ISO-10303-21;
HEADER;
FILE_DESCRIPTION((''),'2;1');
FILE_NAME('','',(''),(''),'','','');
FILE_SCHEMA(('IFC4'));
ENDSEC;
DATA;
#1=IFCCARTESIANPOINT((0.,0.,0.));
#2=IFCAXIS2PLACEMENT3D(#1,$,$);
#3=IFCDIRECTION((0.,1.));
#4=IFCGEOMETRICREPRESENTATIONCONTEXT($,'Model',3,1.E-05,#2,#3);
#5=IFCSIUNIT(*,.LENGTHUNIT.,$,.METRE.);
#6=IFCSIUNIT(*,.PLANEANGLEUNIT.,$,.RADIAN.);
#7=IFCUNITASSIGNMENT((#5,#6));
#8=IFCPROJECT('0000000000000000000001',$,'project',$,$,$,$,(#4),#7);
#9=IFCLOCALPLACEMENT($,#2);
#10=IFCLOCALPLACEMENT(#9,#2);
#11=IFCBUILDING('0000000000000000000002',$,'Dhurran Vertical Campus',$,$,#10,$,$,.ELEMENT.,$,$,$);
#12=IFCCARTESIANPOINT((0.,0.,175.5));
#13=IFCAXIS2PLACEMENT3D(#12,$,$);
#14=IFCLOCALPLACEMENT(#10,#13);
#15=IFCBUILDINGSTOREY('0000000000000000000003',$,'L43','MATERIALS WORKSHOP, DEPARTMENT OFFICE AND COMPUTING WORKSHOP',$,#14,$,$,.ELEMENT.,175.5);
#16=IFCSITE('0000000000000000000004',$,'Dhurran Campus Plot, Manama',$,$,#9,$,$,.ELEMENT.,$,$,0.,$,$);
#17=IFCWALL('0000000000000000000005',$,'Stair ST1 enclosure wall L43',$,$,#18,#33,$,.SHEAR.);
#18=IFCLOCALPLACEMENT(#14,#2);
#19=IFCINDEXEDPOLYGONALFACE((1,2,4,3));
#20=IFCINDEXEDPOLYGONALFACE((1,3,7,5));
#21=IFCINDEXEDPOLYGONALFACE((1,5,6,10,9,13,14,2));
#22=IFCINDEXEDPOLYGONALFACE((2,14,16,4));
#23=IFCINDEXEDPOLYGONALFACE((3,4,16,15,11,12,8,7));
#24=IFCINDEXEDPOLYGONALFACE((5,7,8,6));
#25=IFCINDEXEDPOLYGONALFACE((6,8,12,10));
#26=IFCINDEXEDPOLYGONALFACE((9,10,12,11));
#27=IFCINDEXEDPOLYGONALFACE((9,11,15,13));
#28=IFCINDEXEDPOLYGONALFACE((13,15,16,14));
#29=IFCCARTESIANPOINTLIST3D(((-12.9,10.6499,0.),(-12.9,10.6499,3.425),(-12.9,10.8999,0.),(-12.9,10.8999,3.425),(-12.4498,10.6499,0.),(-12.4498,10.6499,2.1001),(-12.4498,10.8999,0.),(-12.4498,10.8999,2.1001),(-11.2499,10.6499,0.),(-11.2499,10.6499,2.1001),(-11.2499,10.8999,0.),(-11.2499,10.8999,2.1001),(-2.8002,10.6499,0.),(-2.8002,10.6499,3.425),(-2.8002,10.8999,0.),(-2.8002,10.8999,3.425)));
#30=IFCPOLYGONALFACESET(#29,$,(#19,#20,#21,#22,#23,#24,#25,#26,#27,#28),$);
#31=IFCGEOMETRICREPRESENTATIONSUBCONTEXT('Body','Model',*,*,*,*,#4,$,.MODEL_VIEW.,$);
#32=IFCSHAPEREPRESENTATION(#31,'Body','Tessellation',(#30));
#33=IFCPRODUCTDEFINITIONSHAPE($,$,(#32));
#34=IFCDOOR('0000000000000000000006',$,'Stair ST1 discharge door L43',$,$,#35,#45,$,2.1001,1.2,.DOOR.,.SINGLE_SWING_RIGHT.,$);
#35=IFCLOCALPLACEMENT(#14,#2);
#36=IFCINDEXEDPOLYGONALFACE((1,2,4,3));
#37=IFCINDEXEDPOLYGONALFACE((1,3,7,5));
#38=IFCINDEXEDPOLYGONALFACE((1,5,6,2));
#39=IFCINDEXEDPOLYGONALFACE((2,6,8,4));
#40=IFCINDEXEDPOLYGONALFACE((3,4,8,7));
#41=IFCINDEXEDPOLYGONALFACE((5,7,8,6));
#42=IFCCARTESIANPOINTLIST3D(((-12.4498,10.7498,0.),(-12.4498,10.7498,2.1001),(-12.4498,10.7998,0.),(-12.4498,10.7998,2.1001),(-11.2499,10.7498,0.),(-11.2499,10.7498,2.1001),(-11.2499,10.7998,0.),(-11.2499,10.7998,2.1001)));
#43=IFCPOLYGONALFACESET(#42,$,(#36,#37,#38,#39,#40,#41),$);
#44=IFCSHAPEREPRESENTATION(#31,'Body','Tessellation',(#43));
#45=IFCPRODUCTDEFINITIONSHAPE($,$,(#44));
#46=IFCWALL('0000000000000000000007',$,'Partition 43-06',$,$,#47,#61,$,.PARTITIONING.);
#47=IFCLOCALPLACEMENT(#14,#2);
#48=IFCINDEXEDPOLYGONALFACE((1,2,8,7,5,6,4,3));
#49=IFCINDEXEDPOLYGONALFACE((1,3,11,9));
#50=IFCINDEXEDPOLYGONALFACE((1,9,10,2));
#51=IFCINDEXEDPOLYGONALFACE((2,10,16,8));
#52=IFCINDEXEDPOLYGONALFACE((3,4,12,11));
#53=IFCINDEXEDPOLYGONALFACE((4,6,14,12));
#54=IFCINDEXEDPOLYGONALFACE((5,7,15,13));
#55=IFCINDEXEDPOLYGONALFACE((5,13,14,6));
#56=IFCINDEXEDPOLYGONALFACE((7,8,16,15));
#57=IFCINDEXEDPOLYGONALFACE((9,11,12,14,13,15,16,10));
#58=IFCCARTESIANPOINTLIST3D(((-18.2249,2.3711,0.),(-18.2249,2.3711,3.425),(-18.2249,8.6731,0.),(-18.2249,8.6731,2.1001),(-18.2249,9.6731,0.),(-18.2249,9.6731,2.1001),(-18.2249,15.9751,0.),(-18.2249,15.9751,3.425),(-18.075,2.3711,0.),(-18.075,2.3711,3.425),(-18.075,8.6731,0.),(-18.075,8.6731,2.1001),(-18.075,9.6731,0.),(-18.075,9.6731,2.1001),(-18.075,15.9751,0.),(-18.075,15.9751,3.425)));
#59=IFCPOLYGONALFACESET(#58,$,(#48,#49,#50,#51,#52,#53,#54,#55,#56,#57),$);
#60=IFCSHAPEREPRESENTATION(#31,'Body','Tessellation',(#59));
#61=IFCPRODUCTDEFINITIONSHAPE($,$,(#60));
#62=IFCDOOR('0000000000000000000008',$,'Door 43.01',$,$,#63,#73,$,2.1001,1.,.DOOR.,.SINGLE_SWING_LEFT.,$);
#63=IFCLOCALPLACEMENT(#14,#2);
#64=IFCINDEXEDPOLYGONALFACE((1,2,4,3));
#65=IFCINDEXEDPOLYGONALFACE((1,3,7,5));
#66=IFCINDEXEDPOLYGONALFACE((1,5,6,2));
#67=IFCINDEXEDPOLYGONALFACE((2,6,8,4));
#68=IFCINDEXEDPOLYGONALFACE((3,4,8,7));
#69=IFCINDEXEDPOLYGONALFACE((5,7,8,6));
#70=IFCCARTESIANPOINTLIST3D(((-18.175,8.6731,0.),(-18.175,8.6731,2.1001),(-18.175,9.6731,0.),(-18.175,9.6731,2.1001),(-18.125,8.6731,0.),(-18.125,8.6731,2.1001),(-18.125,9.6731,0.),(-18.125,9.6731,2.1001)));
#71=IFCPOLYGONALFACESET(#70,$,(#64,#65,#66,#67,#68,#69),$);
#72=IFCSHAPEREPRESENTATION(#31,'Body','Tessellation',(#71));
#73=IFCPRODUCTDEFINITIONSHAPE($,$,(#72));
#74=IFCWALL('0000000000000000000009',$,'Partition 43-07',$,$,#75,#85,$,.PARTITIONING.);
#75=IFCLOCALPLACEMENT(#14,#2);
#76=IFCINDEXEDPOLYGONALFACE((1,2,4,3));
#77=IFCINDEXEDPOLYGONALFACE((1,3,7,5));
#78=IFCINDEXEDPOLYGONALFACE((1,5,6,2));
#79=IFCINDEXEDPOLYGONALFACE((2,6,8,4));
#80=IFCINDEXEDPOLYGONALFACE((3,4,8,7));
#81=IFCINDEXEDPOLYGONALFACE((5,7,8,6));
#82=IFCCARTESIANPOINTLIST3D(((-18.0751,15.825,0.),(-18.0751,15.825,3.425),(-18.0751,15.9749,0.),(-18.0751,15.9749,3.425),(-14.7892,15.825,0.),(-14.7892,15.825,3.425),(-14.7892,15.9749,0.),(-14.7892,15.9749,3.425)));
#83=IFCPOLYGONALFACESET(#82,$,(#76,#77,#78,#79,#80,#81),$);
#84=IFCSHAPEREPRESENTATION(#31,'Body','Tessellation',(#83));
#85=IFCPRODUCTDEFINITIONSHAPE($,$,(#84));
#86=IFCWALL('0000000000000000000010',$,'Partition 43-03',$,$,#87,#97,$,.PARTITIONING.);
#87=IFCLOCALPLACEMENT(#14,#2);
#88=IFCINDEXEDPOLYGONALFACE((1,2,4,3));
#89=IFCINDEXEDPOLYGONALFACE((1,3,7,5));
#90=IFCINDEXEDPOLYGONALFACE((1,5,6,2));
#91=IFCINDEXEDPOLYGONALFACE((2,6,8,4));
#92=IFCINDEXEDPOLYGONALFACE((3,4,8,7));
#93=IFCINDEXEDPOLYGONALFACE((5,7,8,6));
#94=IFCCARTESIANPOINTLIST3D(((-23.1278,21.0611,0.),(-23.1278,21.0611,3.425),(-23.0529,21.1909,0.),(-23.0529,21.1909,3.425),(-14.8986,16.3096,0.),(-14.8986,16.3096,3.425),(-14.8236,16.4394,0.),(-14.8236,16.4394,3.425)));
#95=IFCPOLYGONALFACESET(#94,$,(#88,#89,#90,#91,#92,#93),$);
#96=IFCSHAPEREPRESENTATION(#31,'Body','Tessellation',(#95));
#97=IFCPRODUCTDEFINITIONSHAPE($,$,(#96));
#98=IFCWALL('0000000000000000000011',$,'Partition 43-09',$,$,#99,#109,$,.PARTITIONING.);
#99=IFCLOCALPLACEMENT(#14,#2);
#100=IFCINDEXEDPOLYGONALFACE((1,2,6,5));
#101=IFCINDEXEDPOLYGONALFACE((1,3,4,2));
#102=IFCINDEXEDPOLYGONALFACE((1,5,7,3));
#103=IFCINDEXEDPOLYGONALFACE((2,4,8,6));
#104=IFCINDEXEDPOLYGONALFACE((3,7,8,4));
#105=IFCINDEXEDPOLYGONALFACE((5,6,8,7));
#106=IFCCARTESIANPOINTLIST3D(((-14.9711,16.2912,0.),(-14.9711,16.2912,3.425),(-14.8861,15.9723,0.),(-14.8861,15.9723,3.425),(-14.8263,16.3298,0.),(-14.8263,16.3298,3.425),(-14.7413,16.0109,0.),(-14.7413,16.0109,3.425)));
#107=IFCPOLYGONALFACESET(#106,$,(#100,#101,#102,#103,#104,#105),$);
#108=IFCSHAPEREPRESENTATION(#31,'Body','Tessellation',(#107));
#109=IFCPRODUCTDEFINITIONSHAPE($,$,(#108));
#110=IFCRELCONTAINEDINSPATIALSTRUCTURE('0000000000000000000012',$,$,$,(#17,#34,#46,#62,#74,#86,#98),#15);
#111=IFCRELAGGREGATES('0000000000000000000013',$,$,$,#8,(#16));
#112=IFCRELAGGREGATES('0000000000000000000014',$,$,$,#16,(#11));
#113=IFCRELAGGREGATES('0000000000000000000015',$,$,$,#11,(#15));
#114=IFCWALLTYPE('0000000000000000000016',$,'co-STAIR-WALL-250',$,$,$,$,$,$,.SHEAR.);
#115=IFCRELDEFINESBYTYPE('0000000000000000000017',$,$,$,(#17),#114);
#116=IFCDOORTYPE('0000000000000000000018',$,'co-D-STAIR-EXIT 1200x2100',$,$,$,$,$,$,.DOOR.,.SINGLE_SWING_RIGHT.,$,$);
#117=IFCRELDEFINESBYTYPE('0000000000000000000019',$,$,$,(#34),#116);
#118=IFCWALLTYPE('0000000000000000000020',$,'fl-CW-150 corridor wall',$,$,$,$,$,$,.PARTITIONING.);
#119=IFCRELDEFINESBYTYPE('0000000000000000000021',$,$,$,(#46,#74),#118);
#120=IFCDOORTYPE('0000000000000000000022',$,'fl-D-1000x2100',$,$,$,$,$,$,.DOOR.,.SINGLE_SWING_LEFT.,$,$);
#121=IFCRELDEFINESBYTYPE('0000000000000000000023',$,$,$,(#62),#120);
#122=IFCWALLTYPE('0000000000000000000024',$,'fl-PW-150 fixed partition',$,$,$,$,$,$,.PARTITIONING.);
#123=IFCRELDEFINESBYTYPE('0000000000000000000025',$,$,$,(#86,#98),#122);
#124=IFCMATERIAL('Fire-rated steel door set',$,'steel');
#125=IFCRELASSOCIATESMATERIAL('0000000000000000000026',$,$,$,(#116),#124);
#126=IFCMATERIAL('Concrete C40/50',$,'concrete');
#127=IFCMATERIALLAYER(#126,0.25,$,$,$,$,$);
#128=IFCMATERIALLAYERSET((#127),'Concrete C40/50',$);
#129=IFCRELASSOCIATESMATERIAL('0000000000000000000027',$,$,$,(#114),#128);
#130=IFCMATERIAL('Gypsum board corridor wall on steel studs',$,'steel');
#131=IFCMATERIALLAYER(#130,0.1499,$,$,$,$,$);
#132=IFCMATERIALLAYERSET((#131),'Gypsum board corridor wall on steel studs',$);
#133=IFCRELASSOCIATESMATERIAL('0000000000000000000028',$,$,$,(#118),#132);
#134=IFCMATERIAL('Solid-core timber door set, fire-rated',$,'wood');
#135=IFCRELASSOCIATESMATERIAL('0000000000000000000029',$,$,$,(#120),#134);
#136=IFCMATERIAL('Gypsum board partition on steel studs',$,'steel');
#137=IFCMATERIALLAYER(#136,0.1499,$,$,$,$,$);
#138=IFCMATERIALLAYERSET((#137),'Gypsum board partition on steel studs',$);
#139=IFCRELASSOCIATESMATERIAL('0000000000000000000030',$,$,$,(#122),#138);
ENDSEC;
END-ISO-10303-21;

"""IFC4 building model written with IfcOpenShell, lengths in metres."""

from ifc_helpers import new_model, si_unit, direction, frame, frame_2d, origin, place, context, subcontext, project, spatial, rectangle, extrude, material, layer, layer_set, type_object, element, fill, save


model = new_model("IFC4")

# Units and contexts
model_context = context("Model", 3, precision=1e-05, world=origin(), true_north=direction((0.0, 1.0)))
body_context = subcontext(model_context, "Body", "Model", "MODEL_VIEW")
ifc_project = project(units=[si_unit("LENGTHUNIT", "METRE"), si_unit("PLANEANGLEUNIT", "RADIAN")], contexts=[model_context])

# Site, building, storey
site_placement = place(None, origin())
site = spatial("IfcSite", under=ifc_project, at=site_placement, Name="Dhurran Campus Plot, Manama", CompositionType="ELEMENT", RefElevation=0.0)
building_placement = place(site_placement, origin())
building = spatial("IfcBuilding", under=site, at=building_placement, Name="Dhurran Vertical Campus", CompositionType="ELEMENT")
storey_placement = place(building_placement, frame((0.0, 0.0, 175.5)))
storey = spatial("IfcBuildingStorey", under=building, at=storey_placement, Name="L43", Description="MATERIALS WORKSHOP, DEPARTMENT OFFICE AND COMPUTING WORKSHOP", CompositionType="ELEMENT", Elevation=175.5)

# Shared definitions
ifc_material_1 = material(Name="Fire-rated steel door set", Category="steel")
door_type_1 = type_object("IfcDoorType", Name="co-D-STAIR-EXIT 1200x2100", OperationType="SINGLE_SWING_RIGHT", PredefinedType="DOOR", material=ifc_material_1)

# Walls, openings, doors
ifc_material_2 = material(Name="Concrete C40/50", Category="concrete")
ifc_layer_1 = layer(ifc_material_2, 0.25)
ifc_layer_set_1 = layer_set([ifc_layer_1], Name="Concrete C40/50")
wall_type_1 = type_object("IfcWallType", Name="co-STAIR-WALL-250", PredefinedType="SHEAR", material=ifc_layer_set_1)
wall_1_placement = place(storey_placement, frame((-12.8999, 10.7749, 0.0), z_axis=(0.0, 0.0, 1.0), x_axis=(1.0, 0.0, 0.0)))
wall_1 = element("IfcWall", 1, at=wall_1_placement, inside=storey, type_object=wall_type_1, Name="Stair ST1 enclosure wall L43", PredefinedType="SHEAR", context=body_context, shape_type="SweptSolid", body=[
    extrude(rectangle(XDim=10.0999, YDim=0.25, at=frame_2d((5.0498, 0.0))), origin(), (0.0, 0.0, 1.0), 3.425),
])
opening_1_placement = place(wall_1_placement, frame((0.45, 0.0, 0.0)))
opening_1 = element("IfcOpeningElement", 2, at=opening_1_placement, cuts=wall_1, PredefinedType="OPENING", context=body_context, shape_type="SweptSolid", body=[
    extrude(rectangle(XDim=1.2, YDim=2.1001, at=frame_2d((0.6001, 1.05))), frame((0.0, 0.135, 0.0), z_axis=(0.0, -1.0, 0.0), x_axis=(1.0, 0.0, 0.0)), (0.0, 0.0, 1.0), 0.27),
])
door_1_placement = place(opening_1_placement, origin())
door_1 = element("IfcDoor", 3, at=door_1_placement, inside=storey, type_object=door_type_1, Name="Stair ST1 discharge door L43", OperationType="SINGLE_SWING_RIGHT", OverallHeight=2.1001, OverallWidth=1.2, PredefinedType="DOOR", context=body_context, shape_type="SweptSolid", body=[
    extrude(rectangle(XDim=1.2, YDim=2.1001, at=frame_2d((0.6001, 1.05))), frame((0.0, 0.0249, 0.0), z_axis=(0.0, -1.0, 0.0), x_axis=(1.0, 0.0, 0.0)), (0.0, 0.0, 1.0), 0.05),
])
fill(opening_1, door_1)
ifc_material_3 = material(Name="Gypsum board corridor wall on steel studs", Category="steel")
ifc_layer_2 = layer(ifc_material_3, 0.1499)
ifc_layer_set_2 = layer_set([ifc_layer_2], Name="Gypsum board corridor wall on steel studs")
wall_type_2 = type_object("IfcWallType", Name="fl-CW-150 corridor wall", PredefinedType="PARTITIONING", material=ifc_layer_set_2)
wall_2_placement = place(storey_placement, frame((-18.1499, 15.9751, 0.0), z_axis=(0.0, 0.0, 1.0), x_axis=(0.0, -1.0, 0.0)))
wall_2 = element("IfcWall", 4, at=wall_2_placement, inside=storey, type_object=wall_type_2, Name="Partition 43-06", PredefinedType="PARTITIONING", context=body_context, shape_type="SweptSolid", body=[
    extrude(rectangle(XDim=13.604, YDim=0.1499, at=frame_2d((6.802, 0.0))), origin(), (0.0, 0.0, 1.0), 3.425),
])
opening_2_placement = place(wall_2_placement, frame((6.302, 0.0, 0.0)))
opening_2 = element("IfcOpeningElement", 5, at=opening_2_placement, cuts=wall_2, PredefinedType="OPENING", context=body_context, shape_type="SweptSolid", body=[
    extrude(rectangle(XDim=1.0, YDim=2.1001, at=frame_2d((0.5, 1.05))), frame((0.0, 0.085, 0.0), z_axis=(0.0, -1.0, 0.0), x_axis=(1.0, 0.0, 0.0)), (0.0, 0.0, 1.0), 0.1699),
])
ifc_material_4 = material(Name="Solid-core timber door set, fire-rated", Category="wood")
door_type_2 = type_object("IfcDoorType", Name="fl-D-1000x2100", OperationType="SINGLE_SWING_LEFT", PredefinedType="DOOR", material=ifc_material_4)
door_2_placement = place(opening_2_placement, origin())
door_2 = element("IfcDoor", 6, at=door_2_placement, inside=storey, type_object=door_type_2, Name="Door 43.01", OperationType="SINGLE_SWING_LEFT", OverallHeight=2.1001, OverallWidth=1.0, PredefinedType="DOOR", context=body_context, shape_type="SweptSolid", body=[
    extrude(rectangle(XDim=1.0, YDim=2.1001, at=frame_2d((0.5, 1.05))), frame((0.0, 0.0249, 0.0), z_axis=(0.0, -1.0, 0.0), x_axis=(1.0, 0.0, 0.0)), (0.0, 0.0, 1.0), 0.05),
])
fill(opening_2, door_2)

# Walls
wall_3_placement = place(storey_placement, frame((-14.7891, 15.8999, 0.0), z_axis=(0.0, 0.0, 1.0), x_axis=(-1.0, 0.0, 0.0)))
element("IfcWall", 7, at=wall_3_placement, inside=storey, type_object=wall_type_2, Name="Partition 43-07", PredefinedType="PARTITIONING", context=body_context, shape_type="SweptSolid", body=[
    extrude(rectangle(XDim=3.2859, YDim=0.1499, at=frame_2d((1.6431, 0.0))), origin(), (0.0, 0.0, 1.0), 3.425),
])
ifc_material_5 = material(Name="Gypsum board partition on steel studs", Category="steel")
ifc_layer_3 = layer(ifc_material_5, 0.1499)
ifc_layer_set_3 = layer_set([ifc_layer_3], Name="Gypsum board partition on steel studs")
wall_type_3 = type_object("IfcWallType", Name="fl-PW-150 fixed partition", PredefinedType="PARTITIONING", material=ifc_layer_set_3)
wall_4_placement = place(storey_placement, frame((-23.0903, 21.126, 0.0), z_axis=(0.0, 0.0, 1.0), x_axis=(0.866011, -0.500024, 0.0)))
element("IfcWall", 8, at=wall_4_placement, inside=storey, type_object=wall_type_3, Name="Partition 43-03", PredefinedType="PARTITIONING", context=body_context, shape_type="SweptSolid", body=[
    extrude(rectangle(XDim=9.5024, YDim=0.1499, at=frame_2d((4.7512, 0.0))), origin(), (0.0, 0.0, 1.0), 3.425),
])
wall_5_placement = place(storey_placement, frame((-14.8987, 16.3105, 0.0), z_axis=(0.0, 0.0, 1.0), x_axis=(0.257478, -0.966284, 0.0)))
element("IfcWall", 9, at=wall_5_placement, inside=storey, type_object=wall_type_3, Name="Partition 43-09", PredefinedType="PARTITIONING", context=body_context, shape_type="SweptSolid", body=[
    extrude(rectangle(XDim=0.3301, YDim=0.1499, at=frame_2d((0.165, 0.0))), origin(), (0.0, 0.0, 1.0), 3.425),
])

save(model, "model.ifc")
